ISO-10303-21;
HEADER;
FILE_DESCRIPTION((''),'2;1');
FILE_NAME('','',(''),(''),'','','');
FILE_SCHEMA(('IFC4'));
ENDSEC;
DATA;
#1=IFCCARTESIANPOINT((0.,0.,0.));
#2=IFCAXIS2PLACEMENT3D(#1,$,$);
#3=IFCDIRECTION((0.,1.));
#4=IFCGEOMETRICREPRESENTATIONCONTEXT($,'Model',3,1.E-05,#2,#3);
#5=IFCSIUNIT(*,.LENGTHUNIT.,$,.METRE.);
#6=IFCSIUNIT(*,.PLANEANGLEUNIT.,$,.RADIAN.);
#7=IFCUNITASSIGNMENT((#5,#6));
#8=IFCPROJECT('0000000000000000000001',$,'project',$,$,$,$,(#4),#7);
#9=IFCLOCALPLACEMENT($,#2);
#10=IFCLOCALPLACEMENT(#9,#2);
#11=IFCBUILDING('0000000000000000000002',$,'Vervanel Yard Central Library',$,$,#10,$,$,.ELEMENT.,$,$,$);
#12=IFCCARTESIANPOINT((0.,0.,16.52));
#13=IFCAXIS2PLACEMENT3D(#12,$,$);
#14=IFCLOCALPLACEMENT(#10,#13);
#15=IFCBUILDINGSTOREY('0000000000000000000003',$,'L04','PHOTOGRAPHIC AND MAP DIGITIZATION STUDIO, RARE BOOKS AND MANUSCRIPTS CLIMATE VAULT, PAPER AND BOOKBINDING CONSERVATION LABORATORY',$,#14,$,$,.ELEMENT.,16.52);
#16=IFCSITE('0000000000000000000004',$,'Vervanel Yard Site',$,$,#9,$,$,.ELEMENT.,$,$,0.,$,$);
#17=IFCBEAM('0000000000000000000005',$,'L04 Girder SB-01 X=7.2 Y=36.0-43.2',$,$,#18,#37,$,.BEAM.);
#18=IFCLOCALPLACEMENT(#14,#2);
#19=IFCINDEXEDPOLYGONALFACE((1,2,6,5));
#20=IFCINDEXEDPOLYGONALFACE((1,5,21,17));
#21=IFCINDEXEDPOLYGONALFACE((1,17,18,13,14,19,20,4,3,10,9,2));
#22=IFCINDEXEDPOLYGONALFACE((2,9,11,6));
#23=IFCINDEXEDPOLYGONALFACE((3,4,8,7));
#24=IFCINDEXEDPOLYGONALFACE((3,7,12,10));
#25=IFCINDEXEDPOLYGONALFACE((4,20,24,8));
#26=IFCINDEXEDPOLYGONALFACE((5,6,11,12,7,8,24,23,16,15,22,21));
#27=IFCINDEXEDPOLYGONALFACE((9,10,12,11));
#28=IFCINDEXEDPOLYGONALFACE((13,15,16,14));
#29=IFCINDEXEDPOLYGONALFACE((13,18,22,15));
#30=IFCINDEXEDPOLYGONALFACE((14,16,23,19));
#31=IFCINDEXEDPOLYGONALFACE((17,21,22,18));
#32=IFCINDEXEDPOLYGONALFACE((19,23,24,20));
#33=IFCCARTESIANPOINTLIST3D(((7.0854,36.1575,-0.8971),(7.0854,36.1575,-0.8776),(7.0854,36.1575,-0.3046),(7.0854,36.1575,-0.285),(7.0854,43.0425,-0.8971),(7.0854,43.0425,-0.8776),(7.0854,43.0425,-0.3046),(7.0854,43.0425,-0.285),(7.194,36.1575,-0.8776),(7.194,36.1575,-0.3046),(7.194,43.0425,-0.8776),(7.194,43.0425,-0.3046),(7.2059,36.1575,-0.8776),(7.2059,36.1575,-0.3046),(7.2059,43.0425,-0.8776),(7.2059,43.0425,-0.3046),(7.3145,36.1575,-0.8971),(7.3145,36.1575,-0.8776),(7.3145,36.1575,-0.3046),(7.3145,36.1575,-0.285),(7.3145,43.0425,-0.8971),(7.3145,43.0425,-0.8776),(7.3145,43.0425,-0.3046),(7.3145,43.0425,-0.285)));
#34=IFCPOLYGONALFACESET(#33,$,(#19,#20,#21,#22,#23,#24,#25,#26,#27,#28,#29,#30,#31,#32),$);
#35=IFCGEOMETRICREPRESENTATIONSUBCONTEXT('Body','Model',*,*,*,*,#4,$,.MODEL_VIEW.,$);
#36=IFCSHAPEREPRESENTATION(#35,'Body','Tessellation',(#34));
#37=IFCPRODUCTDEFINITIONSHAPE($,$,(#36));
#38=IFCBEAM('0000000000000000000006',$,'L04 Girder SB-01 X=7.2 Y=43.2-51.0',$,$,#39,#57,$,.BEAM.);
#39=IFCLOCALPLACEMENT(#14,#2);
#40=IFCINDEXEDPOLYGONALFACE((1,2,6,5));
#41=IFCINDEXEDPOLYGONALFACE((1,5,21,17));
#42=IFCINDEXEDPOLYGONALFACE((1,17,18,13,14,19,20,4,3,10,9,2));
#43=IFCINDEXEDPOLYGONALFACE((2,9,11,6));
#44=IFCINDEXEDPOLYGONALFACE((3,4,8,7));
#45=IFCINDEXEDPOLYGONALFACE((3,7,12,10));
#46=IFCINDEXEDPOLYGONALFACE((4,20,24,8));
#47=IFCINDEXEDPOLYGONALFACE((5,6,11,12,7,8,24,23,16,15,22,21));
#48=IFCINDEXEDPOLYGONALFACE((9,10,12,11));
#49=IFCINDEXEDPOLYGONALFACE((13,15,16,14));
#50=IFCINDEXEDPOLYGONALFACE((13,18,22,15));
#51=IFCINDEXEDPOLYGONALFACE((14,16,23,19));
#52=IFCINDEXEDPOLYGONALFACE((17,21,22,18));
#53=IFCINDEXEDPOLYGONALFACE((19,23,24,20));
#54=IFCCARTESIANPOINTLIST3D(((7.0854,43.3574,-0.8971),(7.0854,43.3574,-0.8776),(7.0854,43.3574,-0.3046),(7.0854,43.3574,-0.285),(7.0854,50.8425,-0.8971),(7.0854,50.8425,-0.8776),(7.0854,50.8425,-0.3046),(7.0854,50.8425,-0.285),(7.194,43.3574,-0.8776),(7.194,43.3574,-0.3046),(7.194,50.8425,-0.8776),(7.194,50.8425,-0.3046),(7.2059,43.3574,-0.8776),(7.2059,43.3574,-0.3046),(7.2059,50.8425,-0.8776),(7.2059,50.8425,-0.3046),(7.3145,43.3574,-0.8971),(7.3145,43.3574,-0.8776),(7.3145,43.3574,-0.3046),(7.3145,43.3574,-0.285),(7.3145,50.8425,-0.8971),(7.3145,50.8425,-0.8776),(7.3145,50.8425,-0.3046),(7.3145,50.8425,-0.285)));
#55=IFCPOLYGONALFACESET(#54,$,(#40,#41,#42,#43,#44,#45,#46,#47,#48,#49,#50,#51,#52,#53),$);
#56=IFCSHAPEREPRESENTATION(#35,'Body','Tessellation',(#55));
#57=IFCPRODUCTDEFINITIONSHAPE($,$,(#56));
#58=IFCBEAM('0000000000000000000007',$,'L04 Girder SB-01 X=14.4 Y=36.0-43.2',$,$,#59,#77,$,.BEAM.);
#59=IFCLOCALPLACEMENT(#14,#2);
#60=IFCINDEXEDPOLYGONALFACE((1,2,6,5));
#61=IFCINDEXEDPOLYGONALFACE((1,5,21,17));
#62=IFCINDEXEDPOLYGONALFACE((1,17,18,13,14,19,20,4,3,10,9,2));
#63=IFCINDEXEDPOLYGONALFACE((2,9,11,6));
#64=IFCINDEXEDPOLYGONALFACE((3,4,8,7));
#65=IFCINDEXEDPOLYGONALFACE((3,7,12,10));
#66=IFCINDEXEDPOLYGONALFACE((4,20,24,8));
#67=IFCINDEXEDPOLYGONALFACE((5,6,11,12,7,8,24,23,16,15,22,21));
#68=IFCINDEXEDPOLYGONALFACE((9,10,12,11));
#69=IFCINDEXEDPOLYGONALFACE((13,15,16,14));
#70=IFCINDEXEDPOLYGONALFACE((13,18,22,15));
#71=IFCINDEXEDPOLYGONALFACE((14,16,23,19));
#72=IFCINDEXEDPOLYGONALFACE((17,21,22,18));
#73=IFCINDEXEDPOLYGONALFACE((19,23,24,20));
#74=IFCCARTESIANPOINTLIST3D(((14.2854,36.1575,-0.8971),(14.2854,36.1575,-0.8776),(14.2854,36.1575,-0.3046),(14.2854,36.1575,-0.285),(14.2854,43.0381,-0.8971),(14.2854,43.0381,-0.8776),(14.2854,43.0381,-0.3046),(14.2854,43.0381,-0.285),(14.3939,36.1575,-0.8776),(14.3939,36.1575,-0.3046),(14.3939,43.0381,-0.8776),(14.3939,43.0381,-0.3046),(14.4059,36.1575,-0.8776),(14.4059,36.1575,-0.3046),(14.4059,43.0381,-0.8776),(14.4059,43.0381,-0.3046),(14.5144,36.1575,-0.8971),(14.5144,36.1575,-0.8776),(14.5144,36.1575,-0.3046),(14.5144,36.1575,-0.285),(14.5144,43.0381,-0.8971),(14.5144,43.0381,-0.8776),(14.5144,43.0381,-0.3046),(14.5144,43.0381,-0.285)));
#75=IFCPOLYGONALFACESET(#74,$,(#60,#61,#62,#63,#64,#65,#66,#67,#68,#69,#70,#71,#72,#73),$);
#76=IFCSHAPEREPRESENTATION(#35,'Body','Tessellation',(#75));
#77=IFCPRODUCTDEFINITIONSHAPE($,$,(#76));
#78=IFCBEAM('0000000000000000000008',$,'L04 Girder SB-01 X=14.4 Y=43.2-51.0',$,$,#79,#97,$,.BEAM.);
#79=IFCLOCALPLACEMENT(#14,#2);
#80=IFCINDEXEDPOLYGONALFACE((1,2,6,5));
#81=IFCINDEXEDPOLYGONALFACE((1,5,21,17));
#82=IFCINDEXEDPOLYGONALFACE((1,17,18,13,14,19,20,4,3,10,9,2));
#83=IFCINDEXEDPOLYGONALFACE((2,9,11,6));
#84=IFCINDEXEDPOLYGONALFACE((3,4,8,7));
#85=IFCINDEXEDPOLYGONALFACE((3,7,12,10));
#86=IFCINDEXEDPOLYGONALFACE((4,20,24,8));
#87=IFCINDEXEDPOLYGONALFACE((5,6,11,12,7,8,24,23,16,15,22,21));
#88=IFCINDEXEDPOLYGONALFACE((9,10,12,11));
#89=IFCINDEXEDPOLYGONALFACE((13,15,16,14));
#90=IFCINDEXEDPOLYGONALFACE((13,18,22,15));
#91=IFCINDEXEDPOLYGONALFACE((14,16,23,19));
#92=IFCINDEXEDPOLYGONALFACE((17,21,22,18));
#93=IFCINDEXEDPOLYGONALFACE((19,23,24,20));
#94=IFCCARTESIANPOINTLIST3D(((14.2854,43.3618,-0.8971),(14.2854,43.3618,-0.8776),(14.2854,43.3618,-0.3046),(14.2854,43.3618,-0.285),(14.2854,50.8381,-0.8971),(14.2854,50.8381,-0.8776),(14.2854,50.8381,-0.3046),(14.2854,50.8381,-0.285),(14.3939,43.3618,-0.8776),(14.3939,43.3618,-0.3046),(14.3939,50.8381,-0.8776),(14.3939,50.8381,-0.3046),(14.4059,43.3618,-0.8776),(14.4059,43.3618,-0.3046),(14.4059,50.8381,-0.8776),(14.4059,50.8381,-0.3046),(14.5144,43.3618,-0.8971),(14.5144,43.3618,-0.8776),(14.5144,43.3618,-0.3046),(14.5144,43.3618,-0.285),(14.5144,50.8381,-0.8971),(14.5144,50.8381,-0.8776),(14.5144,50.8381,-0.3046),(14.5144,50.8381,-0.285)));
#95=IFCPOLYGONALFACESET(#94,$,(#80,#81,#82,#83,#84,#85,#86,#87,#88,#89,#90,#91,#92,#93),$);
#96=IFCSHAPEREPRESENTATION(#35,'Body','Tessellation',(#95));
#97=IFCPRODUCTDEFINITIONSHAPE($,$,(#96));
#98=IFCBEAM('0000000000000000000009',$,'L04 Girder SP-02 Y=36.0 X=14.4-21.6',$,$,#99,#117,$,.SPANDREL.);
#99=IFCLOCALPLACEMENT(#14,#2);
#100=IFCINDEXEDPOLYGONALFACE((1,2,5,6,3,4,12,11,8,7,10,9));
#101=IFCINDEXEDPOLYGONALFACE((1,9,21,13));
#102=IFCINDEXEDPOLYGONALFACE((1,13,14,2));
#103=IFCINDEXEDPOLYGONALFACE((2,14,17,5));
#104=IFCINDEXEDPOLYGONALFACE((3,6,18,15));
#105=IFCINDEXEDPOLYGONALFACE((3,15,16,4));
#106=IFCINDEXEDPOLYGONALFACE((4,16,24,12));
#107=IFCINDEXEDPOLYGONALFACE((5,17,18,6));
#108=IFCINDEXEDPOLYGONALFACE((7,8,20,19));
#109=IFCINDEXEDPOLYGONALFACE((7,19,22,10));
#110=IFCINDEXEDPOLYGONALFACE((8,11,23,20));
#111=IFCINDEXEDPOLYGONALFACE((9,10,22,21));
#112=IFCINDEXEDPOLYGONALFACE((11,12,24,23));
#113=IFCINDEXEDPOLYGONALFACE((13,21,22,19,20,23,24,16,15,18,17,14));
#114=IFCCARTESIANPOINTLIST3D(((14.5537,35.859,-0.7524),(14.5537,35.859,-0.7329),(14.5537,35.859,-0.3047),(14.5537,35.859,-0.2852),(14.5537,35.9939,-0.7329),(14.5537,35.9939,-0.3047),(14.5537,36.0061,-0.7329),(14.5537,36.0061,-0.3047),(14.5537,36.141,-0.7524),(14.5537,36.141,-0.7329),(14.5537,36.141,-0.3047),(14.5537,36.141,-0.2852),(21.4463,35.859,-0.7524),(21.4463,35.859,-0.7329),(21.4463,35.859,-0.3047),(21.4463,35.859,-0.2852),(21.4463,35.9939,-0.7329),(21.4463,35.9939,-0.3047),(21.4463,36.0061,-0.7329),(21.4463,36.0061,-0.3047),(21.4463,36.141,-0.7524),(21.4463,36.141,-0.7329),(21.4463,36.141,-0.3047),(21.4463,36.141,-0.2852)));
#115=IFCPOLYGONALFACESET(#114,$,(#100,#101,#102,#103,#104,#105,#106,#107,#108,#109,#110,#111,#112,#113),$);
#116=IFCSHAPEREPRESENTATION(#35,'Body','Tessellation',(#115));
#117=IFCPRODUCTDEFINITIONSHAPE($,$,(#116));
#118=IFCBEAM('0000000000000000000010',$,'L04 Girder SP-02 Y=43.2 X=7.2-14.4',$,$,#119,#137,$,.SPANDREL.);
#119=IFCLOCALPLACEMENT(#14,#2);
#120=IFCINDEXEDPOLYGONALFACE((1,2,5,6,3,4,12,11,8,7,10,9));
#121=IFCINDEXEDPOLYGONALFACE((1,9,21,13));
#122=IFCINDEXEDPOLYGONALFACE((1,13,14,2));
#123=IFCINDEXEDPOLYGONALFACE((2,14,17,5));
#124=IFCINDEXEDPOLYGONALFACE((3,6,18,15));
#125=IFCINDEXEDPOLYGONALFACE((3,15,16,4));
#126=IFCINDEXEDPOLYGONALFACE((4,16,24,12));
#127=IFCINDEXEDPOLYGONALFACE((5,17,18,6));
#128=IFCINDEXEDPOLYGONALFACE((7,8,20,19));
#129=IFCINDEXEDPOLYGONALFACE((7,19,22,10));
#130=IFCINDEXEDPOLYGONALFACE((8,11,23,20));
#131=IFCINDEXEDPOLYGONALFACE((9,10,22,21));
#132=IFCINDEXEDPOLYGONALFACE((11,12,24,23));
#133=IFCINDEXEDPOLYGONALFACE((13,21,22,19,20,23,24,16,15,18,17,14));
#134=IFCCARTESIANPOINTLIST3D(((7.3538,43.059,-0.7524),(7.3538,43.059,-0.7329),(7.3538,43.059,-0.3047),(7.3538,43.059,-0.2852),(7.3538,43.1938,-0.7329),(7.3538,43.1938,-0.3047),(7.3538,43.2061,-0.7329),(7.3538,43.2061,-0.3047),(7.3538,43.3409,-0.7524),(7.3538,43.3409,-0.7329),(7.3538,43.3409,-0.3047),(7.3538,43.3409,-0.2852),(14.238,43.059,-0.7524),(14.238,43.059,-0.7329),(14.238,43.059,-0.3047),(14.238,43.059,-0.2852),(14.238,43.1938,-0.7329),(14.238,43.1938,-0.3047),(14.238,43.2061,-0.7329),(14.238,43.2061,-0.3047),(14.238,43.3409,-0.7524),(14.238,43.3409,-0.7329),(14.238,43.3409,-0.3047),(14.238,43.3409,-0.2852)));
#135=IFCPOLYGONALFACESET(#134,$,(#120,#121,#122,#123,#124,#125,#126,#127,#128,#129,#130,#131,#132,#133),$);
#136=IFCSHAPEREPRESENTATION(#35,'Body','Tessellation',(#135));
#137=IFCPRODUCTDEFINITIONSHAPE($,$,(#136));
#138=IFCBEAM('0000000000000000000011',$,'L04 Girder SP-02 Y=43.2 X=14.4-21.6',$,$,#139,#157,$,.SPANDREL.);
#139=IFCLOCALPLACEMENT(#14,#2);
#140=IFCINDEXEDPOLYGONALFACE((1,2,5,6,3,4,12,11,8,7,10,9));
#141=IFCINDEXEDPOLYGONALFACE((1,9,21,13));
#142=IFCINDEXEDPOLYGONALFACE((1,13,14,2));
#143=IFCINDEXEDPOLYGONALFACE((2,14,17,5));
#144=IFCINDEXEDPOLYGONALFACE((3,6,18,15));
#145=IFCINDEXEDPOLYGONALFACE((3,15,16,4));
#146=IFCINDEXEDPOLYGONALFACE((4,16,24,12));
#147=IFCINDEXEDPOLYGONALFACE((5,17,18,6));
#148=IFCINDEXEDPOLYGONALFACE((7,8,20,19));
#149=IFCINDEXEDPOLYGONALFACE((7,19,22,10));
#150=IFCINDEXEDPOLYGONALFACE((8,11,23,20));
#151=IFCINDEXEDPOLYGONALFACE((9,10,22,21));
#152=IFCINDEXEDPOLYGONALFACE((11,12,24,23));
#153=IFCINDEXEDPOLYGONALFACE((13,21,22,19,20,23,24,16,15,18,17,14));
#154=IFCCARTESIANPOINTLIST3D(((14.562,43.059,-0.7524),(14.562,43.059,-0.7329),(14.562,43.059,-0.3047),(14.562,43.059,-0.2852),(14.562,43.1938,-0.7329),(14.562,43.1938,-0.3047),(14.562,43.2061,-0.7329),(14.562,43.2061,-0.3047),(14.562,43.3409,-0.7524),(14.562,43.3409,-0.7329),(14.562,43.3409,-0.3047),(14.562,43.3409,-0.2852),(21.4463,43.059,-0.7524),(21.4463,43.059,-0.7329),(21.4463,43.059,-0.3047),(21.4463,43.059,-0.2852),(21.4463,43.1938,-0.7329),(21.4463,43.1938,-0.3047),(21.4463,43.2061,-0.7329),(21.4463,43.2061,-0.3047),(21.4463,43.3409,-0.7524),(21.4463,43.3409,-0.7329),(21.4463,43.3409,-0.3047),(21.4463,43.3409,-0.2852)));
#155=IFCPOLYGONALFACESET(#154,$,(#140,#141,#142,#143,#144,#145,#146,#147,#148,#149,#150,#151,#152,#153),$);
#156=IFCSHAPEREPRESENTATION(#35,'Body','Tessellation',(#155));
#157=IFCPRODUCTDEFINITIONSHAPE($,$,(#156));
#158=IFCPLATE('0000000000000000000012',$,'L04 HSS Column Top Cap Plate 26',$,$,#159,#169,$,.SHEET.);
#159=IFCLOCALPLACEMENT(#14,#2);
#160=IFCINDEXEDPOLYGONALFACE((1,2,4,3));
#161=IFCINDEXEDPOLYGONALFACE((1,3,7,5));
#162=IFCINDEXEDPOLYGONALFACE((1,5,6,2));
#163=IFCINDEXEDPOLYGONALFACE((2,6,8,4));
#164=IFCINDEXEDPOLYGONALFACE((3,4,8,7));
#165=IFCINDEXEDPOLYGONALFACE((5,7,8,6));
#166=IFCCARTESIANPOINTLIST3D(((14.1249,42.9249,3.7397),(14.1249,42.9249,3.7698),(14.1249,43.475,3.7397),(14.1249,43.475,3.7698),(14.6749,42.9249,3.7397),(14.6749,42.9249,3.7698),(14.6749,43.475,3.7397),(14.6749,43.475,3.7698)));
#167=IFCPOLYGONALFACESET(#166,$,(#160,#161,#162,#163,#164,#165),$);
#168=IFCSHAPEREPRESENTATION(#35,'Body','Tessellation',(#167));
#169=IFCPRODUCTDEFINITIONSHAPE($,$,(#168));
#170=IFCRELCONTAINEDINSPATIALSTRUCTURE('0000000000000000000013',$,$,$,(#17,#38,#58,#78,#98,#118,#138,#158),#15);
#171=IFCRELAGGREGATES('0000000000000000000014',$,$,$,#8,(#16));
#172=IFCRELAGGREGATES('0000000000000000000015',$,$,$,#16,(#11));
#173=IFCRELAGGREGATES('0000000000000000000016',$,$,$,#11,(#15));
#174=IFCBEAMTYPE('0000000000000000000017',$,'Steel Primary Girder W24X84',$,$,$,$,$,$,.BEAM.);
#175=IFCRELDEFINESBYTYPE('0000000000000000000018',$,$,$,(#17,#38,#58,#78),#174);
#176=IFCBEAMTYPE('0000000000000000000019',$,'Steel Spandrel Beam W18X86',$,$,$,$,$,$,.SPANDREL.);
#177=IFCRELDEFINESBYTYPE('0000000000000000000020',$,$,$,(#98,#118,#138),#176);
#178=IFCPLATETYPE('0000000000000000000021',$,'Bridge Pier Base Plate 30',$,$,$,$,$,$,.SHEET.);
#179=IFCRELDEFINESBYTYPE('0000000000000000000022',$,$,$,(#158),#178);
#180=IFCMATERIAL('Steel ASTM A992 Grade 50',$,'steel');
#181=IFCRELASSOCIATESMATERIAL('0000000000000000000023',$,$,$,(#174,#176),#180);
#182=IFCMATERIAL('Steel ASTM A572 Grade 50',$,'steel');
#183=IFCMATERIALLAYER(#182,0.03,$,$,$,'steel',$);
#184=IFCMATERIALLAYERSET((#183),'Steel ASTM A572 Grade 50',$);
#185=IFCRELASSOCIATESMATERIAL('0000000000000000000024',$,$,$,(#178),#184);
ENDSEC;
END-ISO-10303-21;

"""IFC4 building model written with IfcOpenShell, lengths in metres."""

from ifc_helpers import new_model, si_unit, direction, frame, origin, origin_2d, place, context, subcontext, project, spatial, rectangle, i_section, extrude, material, layer, layer_set, material_profile, profile_set, type_object, element, save


model = new_model("IFC4")

# Units and contexts
model_context = context("Model", 3, precision=1e-05, world=origin(), true_north=direction((0.0, 1.0)))
body_context = subcontext(model_context, "Body", "Model", "MODEL_VIEW")
ifc_project = project(units=[si_unit("LENGTHUNIT", "METRE"), si_unit("PLANEANGLEUNIT", "RADIAN")], contexts=[model_context])

# Site, building, storey
site_placement = place(None, origin())
site = spatial("IfcSite", under=ifc_project, at=site_placement, Name="Vervanel Yard Site", CompositionType="ELEMENT", RefElevation=0.0)
building_placement = place(site_placement, origin())
building = spatial("IfcBuilding", under=site, at=building_placement, Name="Vervanel Yard Central Library", CompositionType="ELEMENT")
storey_placement = place(building_placement, frame((0.0, 0.0, 16.52)))
storey = spatial("IfcBuildingStorey", under=building, at=storey_placement, Name="L04", Description="PHOTOGRAPHIC AND MAP DIGITIZATION STUDIO, RARE BOOKS AND MANUSCRIPTS CLIMATE VAULT, PAPER AND BOOKBINDING CONSERVATION LABORATORY", CompositionType="ELEMENT", Elevation=16.52)

# Shared definitions
ifc_material_1 = material(Name="Steel ASTM A992 Grade 50", Category="steel")

# Beams
ifc_material_profile_1 = material_profile(ifc_material_1, i_section(OverallWidth=0.229, OverallDepth=0.6121, WebThickness=0.012, FlangeThickness=0.0195, at=origin_2d()), Name="W24X84", Category="steel")
ifc_profile_set_1 = profile_set([ifc_material_profile_1], Name="Steel ASTM A992 Grade 50")
beam_type_1 = type_object("IfcBeamType", Name="Steel Primary Girder W24X84", PredefinedType="BEAM", material=ifc_profile_set_1)
beam_1_placement = place(storey_placement, frame((7.2, 36.1575, -0.5911), z_axis=(0.0, 1.0, 0.0), x_axis=(-1.0, 0.0, 0.0)))
element("IfcBeam", 1, at=beam_1_placement, inside=storey, type_object=beam_type_1, Name="L04 Girder SB-01 X=7.2 Y=36.0-43.2", PredefinedType="BEAM", context=body_context, shape_type="SweptSolid", body=[
    extrude(i_section(OverallWidth=0.229, OverallDepth=0.6121, WebThickness=0.012, FlangeThickness=0.0195, at=origin_2d()), origin(), (0.0, 0.0, 1.0), 6.885),
])
beam_2_placement = place(storey_placement, frame((7.2, 43.3574, -0.5911), z_axis=(0.0, 1.0, 0.0), x_axis=(-1.0, 0.0, 0.0)))
element("IfcBeam", 2, at=beam_2_placement, inside=storey, type_object=beam_type_1, Name="L04 Girder SB-01 X=7.2 Y=43.2-51.0", PredefinedType="BEAM", context=body_context, shape_type="SweptSolid", body=[
    extrude(i_section(OverallWidth=0.229, OverallDepth=0.6121, WebThickness=0.012, FlangeThickness=0.0195, at=origin_2d()), origin(), (0.0, 0.0, 1.0), 7.4851),
])
beam_3_placement = place(storey_placement, frame((14.3999, 36.1575, -0.5911), z_axis=(0.0, 1.0, 0.0), x_axis=(-1.0, 0.0, 0.0)))
element("IfcBeam", 3, at=beam_3_placement, inside=storey, type_object=beam_type_1, Name="L04 Girder SB-01 X=14.4 Y=36.0-43.2", PredefinedType="BEAM", context=body_context, shape_type="SweptSolid", body=[
    extrude(i_section(OverallWidth=0.229, OverallDepth=0.6121, WebThickness=0.012, FlangeThickness=0.0195, at=origin_2d()), origin(), (0.0, 0.0, 1.0), 6.8806),
])
beam_4_placement = place(storey_placement, frame((14.3999, 43.3618, -0.5911), z_axis=(0.0, 1.0, 0.0), x_axis=(-1.0, 0.0, 0.0)))
element("IfcBeam", 4, at=beam_4_placement, inside=storey, type_object=beam_type_1, Name="L04 Girder SB-01 X=14.4 Y=43.2-51.0", PredefinedType="BEAM", context=body_context, shape_type="SweptSolid", body=[
    extrude(i_section(OverallWidth=0.229, OverallDepth=0.6121, WebThickness=0.012, FlangeThickness=0.0195, at=origin_2d()), origin(), (0.0, 0.0, 1.0), 7.4763),
])
ifc_material_profile_2 = material_profile(ifc_material_1, i_section(OverallWidth=0.282, OverallDepth=0.4673, WebThickness=0.0122, FlangeThickness=0.0195, at=origin_2d()), Name="W18X86", Category="steel")
ifc_profile_set_2 = profile_set([ifc_material_profile_2], Name="Steel ASTM A992 Grade 50")
beam_type_2 = type_object("IfcBeamType", Name="Steel Spandrel Beam W18X86", PredefinedType="SPANDREL", material=ifc_profile_set_2)
beam_5_placement = place(storey_placement, frame((14.5537, 36.0, -0.5188), z_axis=(1.0, 0.0, 0.0), x_axis=(0.0, 1.0, 0.0)))
element("IfcBeam", 5, at=beam_5_placement, inside=storey, type_object=beam_type_2, Name="L04 Girder SP-02 Y=36.0 X=14.4-21.6", PredefinedType="SPANDREL", context=body_context, shape_type="SweptSolid", body=[
    extrude(i_section(OverallWidth=0.282, OverallDepth=0.4673, WebThickness=0.0122, FlangeThickness=0.0195, at=origin_2d()), origin(), (0.0, 0.0, 1.0), 6.8926),
])
for number, where, z_axis, x_axis, name in (
    (6, (7.3538, 43.2, -0.5188), (1.0, 0.0, 0.0), (0.0, 1.0, 0.0), "L04 Girder SP-02 Y=43.2 X=7.2-14.4"),
    (7, (14.562, 43.2, -0.5188), (1.0, 0.0, 0.0), (0.0, 1.0, 0.0), "L04 Girder SP-02 Y=43.2 X=14.4-21.6"),
):
    element("IfcBeam", number, at=place(storey_placement, frame(where, z_axis=z_axis, x_axis=x_axis)), inside=storey, type_object=beam_type_2, Name=name, PredefinedType="SPANDREL", context=body_context, shape_type="SweptSolid", body=[
        extrude(i_section(OverallWidth=0.282, OverallDepth=0.4673, WebThickness=0.0122, FlangeThickness=0.0195, at=origin_2d()), origin(), (0.0, 0.0, 1.0), 6.8843),
    ])

# Plate
ifc_material_2 = material(Name="Steel ASTM A572 Grade 50", Category="steel")
ifc_layer_1 = layer(ifc_material_2, 0.03, Category="steel")
ifc_layer_set_1 = layer_set([ifc_layer_1], Name="Steel ASTM A572 Grade 50")
plate_type = type_object("IfcPlateType", Name="Bridge Pier Base Plate 30", PredefinedType="SHEET", material=ifc_layer_set_1)
plate_placement = place(storey_placement, frame((14.3999, 43.2, 3.7397), z_axis=(0.0, 0.0, 1.0), x_axis=(1.0, 0.0, 0.0)))
element("IfcPlate", 8, at=plate_placement, inside=storey, type_object=plate_type, Name="L04 HSS Column Top Cap Plate 26", PredefinedType="SHEET", context=body_context, shape_type="SweptSolid", body=[
    extrude(rectangle(XDim=0.55, YDim=0.55, at=origin_2d()), origin(), (0.0, 0.0, 1.0), 0.03),
])

save(model, "model.ifc")
